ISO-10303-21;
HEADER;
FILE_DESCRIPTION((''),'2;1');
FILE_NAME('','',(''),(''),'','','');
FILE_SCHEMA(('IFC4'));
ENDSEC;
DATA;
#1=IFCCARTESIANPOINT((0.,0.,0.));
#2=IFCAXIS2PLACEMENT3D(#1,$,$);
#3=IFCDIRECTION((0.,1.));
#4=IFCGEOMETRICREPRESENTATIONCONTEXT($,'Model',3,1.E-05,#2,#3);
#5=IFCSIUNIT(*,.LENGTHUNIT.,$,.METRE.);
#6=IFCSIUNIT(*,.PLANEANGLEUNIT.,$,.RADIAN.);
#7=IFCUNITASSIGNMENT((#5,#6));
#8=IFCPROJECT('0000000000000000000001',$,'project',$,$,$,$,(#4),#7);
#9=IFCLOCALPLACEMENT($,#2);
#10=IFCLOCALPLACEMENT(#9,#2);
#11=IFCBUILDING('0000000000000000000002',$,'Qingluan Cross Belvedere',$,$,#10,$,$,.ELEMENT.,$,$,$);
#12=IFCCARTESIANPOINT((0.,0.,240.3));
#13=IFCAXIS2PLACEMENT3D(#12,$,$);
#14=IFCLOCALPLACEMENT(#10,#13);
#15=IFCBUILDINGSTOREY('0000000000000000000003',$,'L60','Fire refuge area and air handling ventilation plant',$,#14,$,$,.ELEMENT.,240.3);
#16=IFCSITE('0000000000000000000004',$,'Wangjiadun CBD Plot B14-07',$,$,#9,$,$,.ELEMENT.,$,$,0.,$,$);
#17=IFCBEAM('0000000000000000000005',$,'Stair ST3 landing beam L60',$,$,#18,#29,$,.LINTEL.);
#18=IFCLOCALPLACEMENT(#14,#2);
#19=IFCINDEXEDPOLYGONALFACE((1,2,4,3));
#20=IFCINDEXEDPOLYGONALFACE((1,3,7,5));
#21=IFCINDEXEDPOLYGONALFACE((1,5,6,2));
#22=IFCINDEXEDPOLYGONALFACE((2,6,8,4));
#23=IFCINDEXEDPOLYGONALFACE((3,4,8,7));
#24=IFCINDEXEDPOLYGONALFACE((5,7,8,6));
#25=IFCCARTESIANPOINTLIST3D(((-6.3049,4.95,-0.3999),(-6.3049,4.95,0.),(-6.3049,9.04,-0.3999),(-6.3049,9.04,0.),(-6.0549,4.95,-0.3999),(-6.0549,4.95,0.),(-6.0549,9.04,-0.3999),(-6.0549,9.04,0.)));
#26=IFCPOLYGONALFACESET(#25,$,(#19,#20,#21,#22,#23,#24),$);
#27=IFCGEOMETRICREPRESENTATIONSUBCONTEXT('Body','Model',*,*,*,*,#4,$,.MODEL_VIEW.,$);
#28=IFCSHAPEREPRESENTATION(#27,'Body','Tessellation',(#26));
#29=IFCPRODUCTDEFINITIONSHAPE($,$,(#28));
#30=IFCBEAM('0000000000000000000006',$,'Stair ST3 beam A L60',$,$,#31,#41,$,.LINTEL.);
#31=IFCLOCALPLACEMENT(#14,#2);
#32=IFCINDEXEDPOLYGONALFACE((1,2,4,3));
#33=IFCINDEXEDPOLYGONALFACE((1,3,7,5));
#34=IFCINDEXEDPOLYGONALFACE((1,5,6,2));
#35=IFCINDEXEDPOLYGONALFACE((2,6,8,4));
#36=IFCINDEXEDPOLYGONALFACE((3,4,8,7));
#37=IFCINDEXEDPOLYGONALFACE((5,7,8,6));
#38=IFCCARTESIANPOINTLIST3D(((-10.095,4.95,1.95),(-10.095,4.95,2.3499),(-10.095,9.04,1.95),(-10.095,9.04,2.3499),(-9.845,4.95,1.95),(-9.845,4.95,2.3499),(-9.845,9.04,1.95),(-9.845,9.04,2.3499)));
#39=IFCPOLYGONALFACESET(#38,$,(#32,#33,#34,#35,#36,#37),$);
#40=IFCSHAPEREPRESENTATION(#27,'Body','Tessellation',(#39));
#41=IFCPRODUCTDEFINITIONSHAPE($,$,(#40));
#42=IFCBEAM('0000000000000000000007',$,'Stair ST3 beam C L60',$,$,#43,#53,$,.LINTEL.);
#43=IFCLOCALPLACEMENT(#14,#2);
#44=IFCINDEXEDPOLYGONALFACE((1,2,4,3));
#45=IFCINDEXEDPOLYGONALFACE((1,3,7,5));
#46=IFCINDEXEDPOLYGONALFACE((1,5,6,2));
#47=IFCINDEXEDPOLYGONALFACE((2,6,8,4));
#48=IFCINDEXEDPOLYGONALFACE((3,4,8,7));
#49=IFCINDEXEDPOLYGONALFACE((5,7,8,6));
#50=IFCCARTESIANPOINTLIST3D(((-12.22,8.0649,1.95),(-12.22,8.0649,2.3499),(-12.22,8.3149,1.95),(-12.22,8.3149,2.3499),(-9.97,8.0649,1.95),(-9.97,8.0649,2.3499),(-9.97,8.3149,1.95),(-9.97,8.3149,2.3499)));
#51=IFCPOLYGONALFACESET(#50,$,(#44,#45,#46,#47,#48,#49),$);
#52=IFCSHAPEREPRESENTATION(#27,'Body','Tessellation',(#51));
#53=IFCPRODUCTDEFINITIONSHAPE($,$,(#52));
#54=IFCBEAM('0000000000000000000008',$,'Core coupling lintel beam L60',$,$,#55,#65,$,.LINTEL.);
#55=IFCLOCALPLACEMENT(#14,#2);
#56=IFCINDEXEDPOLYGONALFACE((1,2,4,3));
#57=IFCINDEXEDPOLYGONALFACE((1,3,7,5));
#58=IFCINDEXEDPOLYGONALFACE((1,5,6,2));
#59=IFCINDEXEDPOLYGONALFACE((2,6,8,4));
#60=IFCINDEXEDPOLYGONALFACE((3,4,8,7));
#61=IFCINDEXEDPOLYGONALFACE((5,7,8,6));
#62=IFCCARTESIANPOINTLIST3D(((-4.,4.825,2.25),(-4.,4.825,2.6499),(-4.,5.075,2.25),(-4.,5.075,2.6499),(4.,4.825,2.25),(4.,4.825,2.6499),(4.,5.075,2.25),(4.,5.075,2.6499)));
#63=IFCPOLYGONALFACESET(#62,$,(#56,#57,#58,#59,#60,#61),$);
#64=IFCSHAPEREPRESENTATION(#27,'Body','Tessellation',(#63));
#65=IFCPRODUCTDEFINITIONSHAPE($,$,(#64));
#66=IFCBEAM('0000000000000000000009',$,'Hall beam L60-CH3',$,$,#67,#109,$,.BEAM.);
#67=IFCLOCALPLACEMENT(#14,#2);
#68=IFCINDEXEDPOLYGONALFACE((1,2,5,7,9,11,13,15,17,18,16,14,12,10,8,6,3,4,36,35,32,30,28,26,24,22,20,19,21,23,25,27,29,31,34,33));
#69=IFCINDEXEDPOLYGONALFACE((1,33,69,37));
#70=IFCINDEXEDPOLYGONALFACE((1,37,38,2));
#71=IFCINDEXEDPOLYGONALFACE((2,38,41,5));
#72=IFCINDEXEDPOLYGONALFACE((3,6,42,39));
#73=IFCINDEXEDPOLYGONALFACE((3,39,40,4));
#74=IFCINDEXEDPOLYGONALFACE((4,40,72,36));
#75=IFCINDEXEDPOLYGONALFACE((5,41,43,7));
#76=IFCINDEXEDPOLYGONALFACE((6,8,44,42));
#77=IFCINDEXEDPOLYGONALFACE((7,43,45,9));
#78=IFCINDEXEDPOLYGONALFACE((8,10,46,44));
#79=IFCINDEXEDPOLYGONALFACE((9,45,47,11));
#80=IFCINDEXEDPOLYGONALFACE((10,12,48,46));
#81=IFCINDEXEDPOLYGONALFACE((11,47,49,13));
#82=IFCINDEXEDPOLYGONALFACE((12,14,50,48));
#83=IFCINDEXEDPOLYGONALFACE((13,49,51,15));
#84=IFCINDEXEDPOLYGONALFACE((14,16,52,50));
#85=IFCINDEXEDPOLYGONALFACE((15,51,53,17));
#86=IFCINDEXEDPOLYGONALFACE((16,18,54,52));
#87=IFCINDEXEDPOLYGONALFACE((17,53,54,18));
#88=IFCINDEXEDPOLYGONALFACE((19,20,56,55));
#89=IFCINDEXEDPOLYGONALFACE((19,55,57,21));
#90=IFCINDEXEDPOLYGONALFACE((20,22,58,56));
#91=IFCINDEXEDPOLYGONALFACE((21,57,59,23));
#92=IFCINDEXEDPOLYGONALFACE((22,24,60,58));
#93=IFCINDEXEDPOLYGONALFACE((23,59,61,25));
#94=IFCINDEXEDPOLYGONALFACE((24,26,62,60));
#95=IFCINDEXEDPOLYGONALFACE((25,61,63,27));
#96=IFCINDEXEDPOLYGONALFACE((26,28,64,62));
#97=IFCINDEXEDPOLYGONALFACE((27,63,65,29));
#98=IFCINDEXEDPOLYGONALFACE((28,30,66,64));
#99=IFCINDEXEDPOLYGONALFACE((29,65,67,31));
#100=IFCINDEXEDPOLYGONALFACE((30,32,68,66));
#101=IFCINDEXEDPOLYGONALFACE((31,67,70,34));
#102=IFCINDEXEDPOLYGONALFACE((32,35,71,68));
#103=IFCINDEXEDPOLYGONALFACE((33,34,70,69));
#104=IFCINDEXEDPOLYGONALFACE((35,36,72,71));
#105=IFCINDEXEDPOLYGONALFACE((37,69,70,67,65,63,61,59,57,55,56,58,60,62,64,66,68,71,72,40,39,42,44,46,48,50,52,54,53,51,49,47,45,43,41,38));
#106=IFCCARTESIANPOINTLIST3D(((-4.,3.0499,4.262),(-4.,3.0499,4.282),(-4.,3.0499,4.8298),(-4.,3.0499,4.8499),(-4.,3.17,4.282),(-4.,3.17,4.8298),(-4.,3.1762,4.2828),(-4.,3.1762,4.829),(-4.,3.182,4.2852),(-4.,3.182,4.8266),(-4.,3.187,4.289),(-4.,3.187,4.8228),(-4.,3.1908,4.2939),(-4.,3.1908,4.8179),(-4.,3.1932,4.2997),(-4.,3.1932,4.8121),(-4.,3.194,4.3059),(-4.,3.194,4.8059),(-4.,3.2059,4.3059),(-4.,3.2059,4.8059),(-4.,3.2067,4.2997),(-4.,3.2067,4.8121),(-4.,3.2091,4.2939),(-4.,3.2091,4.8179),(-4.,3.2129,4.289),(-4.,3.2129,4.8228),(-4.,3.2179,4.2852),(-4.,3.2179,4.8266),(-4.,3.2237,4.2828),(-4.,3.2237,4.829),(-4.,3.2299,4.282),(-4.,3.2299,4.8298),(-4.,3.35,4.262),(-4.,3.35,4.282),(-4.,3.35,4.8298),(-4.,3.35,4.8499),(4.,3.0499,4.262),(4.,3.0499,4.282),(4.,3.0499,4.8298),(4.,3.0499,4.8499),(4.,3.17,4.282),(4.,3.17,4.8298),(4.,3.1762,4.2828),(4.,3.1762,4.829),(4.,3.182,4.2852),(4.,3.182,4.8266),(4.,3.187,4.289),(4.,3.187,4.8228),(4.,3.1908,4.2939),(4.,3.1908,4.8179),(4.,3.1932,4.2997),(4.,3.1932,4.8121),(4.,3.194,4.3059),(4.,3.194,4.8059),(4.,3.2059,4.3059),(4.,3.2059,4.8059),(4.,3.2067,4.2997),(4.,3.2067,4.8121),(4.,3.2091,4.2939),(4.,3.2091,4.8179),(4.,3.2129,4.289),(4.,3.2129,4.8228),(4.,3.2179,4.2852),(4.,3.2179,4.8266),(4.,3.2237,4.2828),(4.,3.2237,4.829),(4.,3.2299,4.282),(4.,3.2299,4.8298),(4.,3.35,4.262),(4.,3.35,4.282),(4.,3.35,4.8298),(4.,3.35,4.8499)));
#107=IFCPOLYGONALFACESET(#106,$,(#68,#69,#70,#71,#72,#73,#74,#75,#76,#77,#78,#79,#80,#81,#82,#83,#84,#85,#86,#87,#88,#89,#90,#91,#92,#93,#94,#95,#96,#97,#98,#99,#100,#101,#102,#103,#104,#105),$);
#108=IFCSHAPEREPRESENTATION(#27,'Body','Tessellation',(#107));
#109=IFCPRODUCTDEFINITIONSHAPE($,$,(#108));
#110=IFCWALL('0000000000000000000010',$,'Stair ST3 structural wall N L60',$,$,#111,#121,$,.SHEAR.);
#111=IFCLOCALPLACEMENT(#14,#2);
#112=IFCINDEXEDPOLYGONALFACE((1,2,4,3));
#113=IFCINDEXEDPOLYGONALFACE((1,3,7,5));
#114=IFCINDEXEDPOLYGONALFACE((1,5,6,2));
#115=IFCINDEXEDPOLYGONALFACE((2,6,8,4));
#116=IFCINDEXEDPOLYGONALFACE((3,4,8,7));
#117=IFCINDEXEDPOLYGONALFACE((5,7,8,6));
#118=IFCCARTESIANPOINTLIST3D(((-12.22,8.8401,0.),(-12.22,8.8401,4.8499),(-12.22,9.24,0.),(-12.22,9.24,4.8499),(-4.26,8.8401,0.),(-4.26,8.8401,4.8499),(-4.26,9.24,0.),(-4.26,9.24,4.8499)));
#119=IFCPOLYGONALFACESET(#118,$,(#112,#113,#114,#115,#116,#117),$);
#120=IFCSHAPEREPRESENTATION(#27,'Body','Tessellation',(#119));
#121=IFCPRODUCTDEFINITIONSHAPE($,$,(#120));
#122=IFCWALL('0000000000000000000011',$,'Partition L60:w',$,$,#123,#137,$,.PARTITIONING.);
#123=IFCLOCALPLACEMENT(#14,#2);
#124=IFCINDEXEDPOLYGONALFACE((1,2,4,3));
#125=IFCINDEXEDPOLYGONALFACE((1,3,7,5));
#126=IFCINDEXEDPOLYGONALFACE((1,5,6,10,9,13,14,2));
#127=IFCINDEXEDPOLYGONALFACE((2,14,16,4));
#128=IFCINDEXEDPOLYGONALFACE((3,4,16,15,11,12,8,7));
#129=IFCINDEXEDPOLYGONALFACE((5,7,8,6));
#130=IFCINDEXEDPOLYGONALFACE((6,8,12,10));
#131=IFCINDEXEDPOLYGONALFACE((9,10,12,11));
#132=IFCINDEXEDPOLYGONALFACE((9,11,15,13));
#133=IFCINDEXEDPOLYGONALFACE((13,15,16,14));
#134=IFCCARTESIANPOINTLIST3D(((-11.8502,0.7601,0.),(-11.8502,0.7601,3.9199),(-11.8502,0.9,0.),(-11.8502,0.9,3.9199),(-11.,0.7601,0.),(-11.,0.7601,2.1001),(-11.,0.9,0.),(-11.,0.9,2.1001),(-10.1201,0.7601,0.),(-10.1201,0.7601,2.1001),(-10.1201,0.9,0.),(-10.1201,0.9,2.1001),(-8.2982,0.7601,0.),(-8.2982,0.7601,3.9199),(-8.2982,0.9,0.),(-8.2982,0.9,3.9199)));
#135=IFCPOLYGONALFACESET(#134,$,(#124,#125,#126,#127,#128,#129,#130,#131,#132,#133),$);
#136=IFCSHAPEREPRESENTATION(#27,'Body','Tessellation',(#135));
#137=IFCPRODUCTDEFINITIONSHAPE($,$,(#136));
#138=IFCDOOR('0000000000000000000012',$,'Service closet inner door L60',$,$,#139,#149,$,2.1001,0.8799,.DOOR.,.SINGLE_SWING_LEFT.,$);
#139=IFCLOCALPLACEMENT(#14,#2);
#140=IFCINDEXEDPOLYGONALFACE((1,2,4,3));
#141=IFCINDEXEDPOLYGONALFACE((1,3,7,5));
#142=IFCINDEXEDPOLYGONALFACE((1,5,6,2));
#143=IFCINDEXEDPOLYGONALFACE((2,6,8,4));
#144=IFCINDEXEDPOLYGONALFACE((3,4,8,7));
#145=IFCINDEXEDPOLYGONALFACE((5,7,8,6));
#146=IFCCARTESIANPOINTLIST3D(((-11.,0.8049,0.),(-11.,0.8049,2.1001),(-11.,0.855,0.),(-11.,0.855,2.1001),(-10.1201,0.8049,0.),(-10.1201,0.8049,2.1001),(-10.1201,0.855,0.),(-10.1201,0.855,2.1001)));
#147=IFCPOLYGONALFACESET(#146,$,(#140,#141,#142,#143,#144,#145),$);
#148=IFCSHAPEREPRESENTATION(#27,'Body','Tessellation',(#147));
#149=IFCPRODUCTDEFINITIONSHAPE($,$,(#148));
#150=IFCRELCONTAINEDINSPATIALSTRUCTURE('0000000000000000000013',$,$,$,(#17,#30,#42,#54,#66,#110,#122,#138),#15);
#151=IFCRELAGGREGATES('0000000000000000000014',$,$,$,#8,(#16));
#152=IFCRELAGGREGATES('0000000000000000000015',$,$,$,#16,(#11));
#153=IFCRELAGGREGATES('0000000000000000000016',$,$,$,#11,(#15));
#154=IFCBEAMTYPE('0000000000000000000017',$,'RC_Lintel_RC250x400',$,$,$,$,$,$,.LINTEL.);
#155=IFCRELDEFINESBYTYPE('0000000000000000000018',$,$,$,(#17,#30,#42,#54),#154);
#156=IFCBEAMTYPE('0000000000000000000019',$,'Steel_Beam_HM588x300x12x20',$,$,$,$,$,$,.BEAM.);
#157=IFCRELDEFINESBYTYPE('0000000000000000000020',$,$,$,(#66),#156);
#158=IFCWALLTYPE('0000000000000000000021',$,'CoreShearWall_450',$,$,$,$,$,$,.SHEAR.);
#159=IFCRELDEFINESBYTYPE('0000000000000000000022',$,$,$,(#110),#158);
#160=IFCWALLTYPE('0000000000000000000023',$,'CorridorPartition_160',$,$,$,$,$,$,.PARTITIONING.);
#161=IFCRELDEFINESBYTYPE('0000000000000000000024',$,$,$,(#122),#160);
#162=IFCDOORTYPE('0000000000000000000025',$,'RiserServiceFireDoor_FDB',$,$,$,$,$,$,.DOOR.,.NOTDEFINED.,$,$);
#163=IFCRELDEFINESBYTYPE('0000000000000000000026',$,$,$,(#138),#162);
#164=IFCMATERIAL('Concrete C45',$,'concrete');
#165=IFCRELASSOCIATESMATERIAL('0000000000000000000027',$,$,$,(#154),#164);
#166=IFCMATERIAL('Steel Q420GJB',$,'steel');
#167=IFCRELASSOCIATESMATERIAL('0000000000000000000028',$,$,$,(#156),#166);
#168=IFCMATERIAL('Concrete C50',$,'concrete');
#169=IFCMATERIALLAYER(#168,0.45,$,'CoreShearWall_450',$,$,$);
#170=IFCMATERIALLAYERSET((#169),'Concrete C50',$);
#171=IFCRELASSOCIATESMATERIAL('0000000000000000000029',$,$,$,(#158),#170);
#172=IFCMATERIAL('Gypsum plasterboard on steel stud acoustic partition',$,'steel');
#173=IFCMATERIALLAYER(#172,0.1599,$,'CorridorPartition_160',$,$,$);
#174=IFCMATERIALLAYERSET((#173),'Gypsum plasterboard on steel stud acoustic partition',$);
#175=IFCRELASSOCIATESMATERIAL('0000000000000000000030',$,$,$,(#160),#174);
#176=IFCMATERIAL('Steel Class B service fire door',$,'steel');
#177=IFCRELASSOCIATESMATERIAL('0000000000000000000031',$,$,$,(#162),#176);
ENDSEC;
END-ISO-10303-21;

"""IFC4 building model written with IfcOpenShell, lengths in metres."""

from ifc_helpers import new_model, si_unit, direction, frame, frame_2d, origin, origin_2d, place, context, subcontext, project, spatial, rectangle, i_section, extrude, material, layer, layer_set, material_profile, profile_set, type_object, element, fill, save


model = new_model("IFC4")

# Units and contexts
model_context = context("Model", 3, precision=1e-05, world=origin(), true_north=direction((0.0, 1.0)))
body_context = subcontext(model_context, "Body", "Model", "MODEL_VIEW")
ifc_project = project(units=[si_unit("LENGTHUNIT", "METRE"), si_unit("PLANEANGLEUNIT", "RADIAN")], contexts=[model_context])

# Site, building, storey
site_placement = place(None, origin())
site = spatial("IfcSite", under=ifc_project, at=site_placement, Name="Wangjiadun CBD Plot B14-07", CompositionType="ELEMENT", RefElevation=0.0)
building_placement = place(site_placement, origin())
building = spatial("IfcBuilding", under=site, at=building_placement, Name="Qingluan Cross Belvedere", CompositionType="ELEMENT")
storey_placement = place(building_placement, frame((0.0, 0.0, 240.3)))
storey = spatial("IfcBuildingStorey", under=building, at=storey_placement, Name="L60", Description="Fire refuge area and air handling ventilation plant", CompositionType="ELEMENT", Elevation=240.3)

# Beams
ifc_material_1 = material(Name="Concrete C45", Category="concrete")
ifc_material_profile_1 = material_profile(ifc_material_1, rectangle(XDim=0.25, YDim=0.3999, at=origin_2d()), Name="RC250x400")
ifc_profile_set_1 = profile_set([ifc_material_profile_1], Name="Concrete C45")
beam_type_1 = type_object("IfcBeamType", Name="RC_Lintel_RC250x400", PredefinedType="LINTEL", material=ifc_profile_set_1)
for number, where, z_axis, x_axis, name in (
    (1, (-6.1799, 4.95, -0.2), (0.0, 1.0, 0.0), (-1.0, 0.0, 0.0), "Stair ST3 landing beam L60"),
    (2, (-9.97, 4.95, 2.1499), (0.0, 1.0, 0.0), (-1.0, 0.0, 0.0), "Stair ST3 beam A L60"),
):
    element("IfcBeam", number, at=place(storey_placement, frame(where, z_axis=z_axis, x_axis=x_axis)), inside=storey, type_object=beam_type_1, Name=name, PredefinedType="LINTEL", context=body_context, shape_type="SweptSolid", body=[
        extrude(rectangle(XDim=0.25, YDim=0.3999, at=origin_2d()), origin(), (0.0, 0.0, 1.0), 4.0901),
    ])
beam_1_placement = place(storey_placement, frame((-12.22, 8.1899, 2.1499), z_axis=(1.0, 0.0, 0.0), x_axis=(0.0, 1.0, 0.0)))
element("IfcBeam", 3, at=beam_1_placement, inside=storey, type_object=beam_type_1, Name="Stair ST3 beam C L60", PredefinedType="LINTEL", context=body_context, shape_type="SweptSolid", body=[
    extrude(rectangle(XDim=0.25, YDim=0.3999, at=origin_2d()), origin(), (0.0, 0.0, 1.0), 2.25),
])
beam_2_placement = place(storey_placement, frame((-4.0, 4.95, 2.45), z_axis=(1.0, 0.0, 0.0), x_axis=(0.0, 1.0, 0.0)))
element("IfcBeam", 4, at=beam_2_placement, inside=storey, type_object=beam_type_1, Name="Core coupling lintel beam L60", PredefinedType="LINTEL", context=body_context, shape_type="SweptSolid", body=[
    extrude(rectangle(XDim=0.25, YDim=0.3999, at=origin_2d()), origin(), (0.0, 0.0, 1.0), 8.0),
])
ifc_material_2 = material(Name="Steel Q420GJB", Category="steel")
ifc_material_profile_2 = material_profile(ifc_material_2, i_section(OverallWidth=0.3, OverallDepth=0.5879, WebThickness=0.012, FlangeThickness=0.02, FilletRadius=0.0239, at=origin_2d()), Name="HM588x300x12x20")
ifc_profile_set_2 = profile_set([ifc_material_profile_2], Name="Steel Q420GJB")
beam_type_2 = type_object("IfcBeamType", Name="Steel_Beam_HM588x300x12x20", PredefinedType="BEAM", material=ifc_profile_set_2)
beam_3_placement = place(storey_placement, frame((-4.0, 3.2, 4.5559), z_axis=(1.0, 0.0, 0.0), x_axis=(0.0, 1.0, 0.0)))
element("IfcBeam", 5, at=beam_3_placement, inside=storey, type_object=beam_type_2, Name="Hall beam L60-CH3", PredefinedType="BEAM", context=body_context, shape_type="SweptSolid", body=[
    extrude(i_section(OverallWidth=0.3, OverallDepth=0.5879, WebThickness=0.012, FlangeThickness=0.02, FilletRadius=0.0239, at=origin_2d()), origin(), (0.0, 0.0, 1.0), 8.0),
])

# Wall
ifc_material_3 = material(Name="Concrete C50", Category="concrete")
ifc_layer_1 = layer(ifc_material_3, 0.45, Name="CoreShearWall_450")
ifc_layer_set_1 = layer_set([ifc_layer_1], Name="Concrete C50")
wall_type_1 = type_object("IfcWallType", Name="CoreShearWall_450", PredefinedType="SHEAR", material=ifc_layer_set_1)
wall_1_placement = place(storey_placement, frame((-12.22, 9.04, 0.0), z_axis=(0.0, 0.0, 1.0), x_axis=(1.0, 0.0, 0.0)))
element("IfcWall", 6, at=wall_1_placement, inside=storey, type_object=wall_type_1, Name="Stair ST3 structural wall N L60", PredefinedType="SHEAR", context=body_context, shape_type="SweptSolid", body=[
    extrude(rectangle(XDim=7.96, YDim=0.3999, at=frame_2d((3.98, 0.0))), origin(), (0.0, 0.0, 1.0), 4.8499),
])

# Wall, opening, door
ifc_material_4 = material(Name="Gypsum plasterboard on steel stud acoustic partition", Category="steel")
ifc_layer_2 = layer(ifc_material_4, 0.1599, Name="CorridorPartition_160")
ifc_layer_set_2 = layer_set([ifc_layer_2], Name="Gypsum plasterboard on steel stud acoustic partition")
wall_type_2 = type_object("IfcWallType", Name="CorridorPartition_160", PredefinedType="PARTITIONING", material=ifc_layer_set_2)
wall_2_placement = place(storey_placement, frame((-11.8501, 0.8301, 0.0), z_axis=(0.0, 0.0, 1.0), x_axis=(1.0, 0.0, 0.0)))
wall_2 = element("IfcWall", 7, at=wall_2_placement, inside=storey, type_object=wall_type_2, Name="Partition L60:w", PredefinedType="PARTITIONING", context=body_context, shape_type="SweptSolid", body=[
    extrude(rectangle(XDim=3.552, YDim=0.1399, at=frame_2d((1.7759, 0.0))), origin(), (0.0, 0.0, 1.0), 3.9199),
])
opening_1_placement = place(wall_2_placement, frame((0.8501, 0.0, 0.0)))
opening_1 = element("IfcOpeningElement", 8, at=opening_1_placement, cuts=wall_2, PredefinedType="OPENING", context=body_context, shape_type="SweptSolid", body=[
    extrude(rectangle(XDim=0.8799, YDim=2.1001, at=frame_2d((0.4399, 1.05))), frame((0.0, 0.0798, 0.0), z_axis=(0.0, -1.0, 0.0), x_axis=(1.0, 0.0, 0.0)), (0.0, 0.0, 1.0), 0.1599),
])
ifc_material_5 = material(Name="Steel Class B service fire door", Category="steel")
door_type_1 = type_object("IfcDoorType", Name="RiserServiceFireDoor_FDB", OperationType="NOTDEFINED", PredefinedType="DOOR", material=ifc_material_5)
door_1_placement = place(opening_1_placement, origin())
door_1 = element("IfcDoor", 9, at=door_1_placement, inside=storey, type_object=door_type_1, Name="Service closet inner door L60", OperationType="SINGLE_SWING_LEFT", OverallHeight=2.1001, OverallWidth=0.8799, PredefinedType="DOOR", context=body_context, shape_type="SweptSolid", body=[
    extrude(rectangle(XDim=0.8799, YDim=2.1001, at=frame_2d((0.4399, 1.05))), frame((0.0, 0.0249, 0.0), z_axis=(0.0, -1.0, 0.0), x_axis=(1.0, 0.0, 0.0)), (0.0, 0.0, 1.0), 0.05),
])
fill(opening_1, door_1)

save(model, "model.ifc")
